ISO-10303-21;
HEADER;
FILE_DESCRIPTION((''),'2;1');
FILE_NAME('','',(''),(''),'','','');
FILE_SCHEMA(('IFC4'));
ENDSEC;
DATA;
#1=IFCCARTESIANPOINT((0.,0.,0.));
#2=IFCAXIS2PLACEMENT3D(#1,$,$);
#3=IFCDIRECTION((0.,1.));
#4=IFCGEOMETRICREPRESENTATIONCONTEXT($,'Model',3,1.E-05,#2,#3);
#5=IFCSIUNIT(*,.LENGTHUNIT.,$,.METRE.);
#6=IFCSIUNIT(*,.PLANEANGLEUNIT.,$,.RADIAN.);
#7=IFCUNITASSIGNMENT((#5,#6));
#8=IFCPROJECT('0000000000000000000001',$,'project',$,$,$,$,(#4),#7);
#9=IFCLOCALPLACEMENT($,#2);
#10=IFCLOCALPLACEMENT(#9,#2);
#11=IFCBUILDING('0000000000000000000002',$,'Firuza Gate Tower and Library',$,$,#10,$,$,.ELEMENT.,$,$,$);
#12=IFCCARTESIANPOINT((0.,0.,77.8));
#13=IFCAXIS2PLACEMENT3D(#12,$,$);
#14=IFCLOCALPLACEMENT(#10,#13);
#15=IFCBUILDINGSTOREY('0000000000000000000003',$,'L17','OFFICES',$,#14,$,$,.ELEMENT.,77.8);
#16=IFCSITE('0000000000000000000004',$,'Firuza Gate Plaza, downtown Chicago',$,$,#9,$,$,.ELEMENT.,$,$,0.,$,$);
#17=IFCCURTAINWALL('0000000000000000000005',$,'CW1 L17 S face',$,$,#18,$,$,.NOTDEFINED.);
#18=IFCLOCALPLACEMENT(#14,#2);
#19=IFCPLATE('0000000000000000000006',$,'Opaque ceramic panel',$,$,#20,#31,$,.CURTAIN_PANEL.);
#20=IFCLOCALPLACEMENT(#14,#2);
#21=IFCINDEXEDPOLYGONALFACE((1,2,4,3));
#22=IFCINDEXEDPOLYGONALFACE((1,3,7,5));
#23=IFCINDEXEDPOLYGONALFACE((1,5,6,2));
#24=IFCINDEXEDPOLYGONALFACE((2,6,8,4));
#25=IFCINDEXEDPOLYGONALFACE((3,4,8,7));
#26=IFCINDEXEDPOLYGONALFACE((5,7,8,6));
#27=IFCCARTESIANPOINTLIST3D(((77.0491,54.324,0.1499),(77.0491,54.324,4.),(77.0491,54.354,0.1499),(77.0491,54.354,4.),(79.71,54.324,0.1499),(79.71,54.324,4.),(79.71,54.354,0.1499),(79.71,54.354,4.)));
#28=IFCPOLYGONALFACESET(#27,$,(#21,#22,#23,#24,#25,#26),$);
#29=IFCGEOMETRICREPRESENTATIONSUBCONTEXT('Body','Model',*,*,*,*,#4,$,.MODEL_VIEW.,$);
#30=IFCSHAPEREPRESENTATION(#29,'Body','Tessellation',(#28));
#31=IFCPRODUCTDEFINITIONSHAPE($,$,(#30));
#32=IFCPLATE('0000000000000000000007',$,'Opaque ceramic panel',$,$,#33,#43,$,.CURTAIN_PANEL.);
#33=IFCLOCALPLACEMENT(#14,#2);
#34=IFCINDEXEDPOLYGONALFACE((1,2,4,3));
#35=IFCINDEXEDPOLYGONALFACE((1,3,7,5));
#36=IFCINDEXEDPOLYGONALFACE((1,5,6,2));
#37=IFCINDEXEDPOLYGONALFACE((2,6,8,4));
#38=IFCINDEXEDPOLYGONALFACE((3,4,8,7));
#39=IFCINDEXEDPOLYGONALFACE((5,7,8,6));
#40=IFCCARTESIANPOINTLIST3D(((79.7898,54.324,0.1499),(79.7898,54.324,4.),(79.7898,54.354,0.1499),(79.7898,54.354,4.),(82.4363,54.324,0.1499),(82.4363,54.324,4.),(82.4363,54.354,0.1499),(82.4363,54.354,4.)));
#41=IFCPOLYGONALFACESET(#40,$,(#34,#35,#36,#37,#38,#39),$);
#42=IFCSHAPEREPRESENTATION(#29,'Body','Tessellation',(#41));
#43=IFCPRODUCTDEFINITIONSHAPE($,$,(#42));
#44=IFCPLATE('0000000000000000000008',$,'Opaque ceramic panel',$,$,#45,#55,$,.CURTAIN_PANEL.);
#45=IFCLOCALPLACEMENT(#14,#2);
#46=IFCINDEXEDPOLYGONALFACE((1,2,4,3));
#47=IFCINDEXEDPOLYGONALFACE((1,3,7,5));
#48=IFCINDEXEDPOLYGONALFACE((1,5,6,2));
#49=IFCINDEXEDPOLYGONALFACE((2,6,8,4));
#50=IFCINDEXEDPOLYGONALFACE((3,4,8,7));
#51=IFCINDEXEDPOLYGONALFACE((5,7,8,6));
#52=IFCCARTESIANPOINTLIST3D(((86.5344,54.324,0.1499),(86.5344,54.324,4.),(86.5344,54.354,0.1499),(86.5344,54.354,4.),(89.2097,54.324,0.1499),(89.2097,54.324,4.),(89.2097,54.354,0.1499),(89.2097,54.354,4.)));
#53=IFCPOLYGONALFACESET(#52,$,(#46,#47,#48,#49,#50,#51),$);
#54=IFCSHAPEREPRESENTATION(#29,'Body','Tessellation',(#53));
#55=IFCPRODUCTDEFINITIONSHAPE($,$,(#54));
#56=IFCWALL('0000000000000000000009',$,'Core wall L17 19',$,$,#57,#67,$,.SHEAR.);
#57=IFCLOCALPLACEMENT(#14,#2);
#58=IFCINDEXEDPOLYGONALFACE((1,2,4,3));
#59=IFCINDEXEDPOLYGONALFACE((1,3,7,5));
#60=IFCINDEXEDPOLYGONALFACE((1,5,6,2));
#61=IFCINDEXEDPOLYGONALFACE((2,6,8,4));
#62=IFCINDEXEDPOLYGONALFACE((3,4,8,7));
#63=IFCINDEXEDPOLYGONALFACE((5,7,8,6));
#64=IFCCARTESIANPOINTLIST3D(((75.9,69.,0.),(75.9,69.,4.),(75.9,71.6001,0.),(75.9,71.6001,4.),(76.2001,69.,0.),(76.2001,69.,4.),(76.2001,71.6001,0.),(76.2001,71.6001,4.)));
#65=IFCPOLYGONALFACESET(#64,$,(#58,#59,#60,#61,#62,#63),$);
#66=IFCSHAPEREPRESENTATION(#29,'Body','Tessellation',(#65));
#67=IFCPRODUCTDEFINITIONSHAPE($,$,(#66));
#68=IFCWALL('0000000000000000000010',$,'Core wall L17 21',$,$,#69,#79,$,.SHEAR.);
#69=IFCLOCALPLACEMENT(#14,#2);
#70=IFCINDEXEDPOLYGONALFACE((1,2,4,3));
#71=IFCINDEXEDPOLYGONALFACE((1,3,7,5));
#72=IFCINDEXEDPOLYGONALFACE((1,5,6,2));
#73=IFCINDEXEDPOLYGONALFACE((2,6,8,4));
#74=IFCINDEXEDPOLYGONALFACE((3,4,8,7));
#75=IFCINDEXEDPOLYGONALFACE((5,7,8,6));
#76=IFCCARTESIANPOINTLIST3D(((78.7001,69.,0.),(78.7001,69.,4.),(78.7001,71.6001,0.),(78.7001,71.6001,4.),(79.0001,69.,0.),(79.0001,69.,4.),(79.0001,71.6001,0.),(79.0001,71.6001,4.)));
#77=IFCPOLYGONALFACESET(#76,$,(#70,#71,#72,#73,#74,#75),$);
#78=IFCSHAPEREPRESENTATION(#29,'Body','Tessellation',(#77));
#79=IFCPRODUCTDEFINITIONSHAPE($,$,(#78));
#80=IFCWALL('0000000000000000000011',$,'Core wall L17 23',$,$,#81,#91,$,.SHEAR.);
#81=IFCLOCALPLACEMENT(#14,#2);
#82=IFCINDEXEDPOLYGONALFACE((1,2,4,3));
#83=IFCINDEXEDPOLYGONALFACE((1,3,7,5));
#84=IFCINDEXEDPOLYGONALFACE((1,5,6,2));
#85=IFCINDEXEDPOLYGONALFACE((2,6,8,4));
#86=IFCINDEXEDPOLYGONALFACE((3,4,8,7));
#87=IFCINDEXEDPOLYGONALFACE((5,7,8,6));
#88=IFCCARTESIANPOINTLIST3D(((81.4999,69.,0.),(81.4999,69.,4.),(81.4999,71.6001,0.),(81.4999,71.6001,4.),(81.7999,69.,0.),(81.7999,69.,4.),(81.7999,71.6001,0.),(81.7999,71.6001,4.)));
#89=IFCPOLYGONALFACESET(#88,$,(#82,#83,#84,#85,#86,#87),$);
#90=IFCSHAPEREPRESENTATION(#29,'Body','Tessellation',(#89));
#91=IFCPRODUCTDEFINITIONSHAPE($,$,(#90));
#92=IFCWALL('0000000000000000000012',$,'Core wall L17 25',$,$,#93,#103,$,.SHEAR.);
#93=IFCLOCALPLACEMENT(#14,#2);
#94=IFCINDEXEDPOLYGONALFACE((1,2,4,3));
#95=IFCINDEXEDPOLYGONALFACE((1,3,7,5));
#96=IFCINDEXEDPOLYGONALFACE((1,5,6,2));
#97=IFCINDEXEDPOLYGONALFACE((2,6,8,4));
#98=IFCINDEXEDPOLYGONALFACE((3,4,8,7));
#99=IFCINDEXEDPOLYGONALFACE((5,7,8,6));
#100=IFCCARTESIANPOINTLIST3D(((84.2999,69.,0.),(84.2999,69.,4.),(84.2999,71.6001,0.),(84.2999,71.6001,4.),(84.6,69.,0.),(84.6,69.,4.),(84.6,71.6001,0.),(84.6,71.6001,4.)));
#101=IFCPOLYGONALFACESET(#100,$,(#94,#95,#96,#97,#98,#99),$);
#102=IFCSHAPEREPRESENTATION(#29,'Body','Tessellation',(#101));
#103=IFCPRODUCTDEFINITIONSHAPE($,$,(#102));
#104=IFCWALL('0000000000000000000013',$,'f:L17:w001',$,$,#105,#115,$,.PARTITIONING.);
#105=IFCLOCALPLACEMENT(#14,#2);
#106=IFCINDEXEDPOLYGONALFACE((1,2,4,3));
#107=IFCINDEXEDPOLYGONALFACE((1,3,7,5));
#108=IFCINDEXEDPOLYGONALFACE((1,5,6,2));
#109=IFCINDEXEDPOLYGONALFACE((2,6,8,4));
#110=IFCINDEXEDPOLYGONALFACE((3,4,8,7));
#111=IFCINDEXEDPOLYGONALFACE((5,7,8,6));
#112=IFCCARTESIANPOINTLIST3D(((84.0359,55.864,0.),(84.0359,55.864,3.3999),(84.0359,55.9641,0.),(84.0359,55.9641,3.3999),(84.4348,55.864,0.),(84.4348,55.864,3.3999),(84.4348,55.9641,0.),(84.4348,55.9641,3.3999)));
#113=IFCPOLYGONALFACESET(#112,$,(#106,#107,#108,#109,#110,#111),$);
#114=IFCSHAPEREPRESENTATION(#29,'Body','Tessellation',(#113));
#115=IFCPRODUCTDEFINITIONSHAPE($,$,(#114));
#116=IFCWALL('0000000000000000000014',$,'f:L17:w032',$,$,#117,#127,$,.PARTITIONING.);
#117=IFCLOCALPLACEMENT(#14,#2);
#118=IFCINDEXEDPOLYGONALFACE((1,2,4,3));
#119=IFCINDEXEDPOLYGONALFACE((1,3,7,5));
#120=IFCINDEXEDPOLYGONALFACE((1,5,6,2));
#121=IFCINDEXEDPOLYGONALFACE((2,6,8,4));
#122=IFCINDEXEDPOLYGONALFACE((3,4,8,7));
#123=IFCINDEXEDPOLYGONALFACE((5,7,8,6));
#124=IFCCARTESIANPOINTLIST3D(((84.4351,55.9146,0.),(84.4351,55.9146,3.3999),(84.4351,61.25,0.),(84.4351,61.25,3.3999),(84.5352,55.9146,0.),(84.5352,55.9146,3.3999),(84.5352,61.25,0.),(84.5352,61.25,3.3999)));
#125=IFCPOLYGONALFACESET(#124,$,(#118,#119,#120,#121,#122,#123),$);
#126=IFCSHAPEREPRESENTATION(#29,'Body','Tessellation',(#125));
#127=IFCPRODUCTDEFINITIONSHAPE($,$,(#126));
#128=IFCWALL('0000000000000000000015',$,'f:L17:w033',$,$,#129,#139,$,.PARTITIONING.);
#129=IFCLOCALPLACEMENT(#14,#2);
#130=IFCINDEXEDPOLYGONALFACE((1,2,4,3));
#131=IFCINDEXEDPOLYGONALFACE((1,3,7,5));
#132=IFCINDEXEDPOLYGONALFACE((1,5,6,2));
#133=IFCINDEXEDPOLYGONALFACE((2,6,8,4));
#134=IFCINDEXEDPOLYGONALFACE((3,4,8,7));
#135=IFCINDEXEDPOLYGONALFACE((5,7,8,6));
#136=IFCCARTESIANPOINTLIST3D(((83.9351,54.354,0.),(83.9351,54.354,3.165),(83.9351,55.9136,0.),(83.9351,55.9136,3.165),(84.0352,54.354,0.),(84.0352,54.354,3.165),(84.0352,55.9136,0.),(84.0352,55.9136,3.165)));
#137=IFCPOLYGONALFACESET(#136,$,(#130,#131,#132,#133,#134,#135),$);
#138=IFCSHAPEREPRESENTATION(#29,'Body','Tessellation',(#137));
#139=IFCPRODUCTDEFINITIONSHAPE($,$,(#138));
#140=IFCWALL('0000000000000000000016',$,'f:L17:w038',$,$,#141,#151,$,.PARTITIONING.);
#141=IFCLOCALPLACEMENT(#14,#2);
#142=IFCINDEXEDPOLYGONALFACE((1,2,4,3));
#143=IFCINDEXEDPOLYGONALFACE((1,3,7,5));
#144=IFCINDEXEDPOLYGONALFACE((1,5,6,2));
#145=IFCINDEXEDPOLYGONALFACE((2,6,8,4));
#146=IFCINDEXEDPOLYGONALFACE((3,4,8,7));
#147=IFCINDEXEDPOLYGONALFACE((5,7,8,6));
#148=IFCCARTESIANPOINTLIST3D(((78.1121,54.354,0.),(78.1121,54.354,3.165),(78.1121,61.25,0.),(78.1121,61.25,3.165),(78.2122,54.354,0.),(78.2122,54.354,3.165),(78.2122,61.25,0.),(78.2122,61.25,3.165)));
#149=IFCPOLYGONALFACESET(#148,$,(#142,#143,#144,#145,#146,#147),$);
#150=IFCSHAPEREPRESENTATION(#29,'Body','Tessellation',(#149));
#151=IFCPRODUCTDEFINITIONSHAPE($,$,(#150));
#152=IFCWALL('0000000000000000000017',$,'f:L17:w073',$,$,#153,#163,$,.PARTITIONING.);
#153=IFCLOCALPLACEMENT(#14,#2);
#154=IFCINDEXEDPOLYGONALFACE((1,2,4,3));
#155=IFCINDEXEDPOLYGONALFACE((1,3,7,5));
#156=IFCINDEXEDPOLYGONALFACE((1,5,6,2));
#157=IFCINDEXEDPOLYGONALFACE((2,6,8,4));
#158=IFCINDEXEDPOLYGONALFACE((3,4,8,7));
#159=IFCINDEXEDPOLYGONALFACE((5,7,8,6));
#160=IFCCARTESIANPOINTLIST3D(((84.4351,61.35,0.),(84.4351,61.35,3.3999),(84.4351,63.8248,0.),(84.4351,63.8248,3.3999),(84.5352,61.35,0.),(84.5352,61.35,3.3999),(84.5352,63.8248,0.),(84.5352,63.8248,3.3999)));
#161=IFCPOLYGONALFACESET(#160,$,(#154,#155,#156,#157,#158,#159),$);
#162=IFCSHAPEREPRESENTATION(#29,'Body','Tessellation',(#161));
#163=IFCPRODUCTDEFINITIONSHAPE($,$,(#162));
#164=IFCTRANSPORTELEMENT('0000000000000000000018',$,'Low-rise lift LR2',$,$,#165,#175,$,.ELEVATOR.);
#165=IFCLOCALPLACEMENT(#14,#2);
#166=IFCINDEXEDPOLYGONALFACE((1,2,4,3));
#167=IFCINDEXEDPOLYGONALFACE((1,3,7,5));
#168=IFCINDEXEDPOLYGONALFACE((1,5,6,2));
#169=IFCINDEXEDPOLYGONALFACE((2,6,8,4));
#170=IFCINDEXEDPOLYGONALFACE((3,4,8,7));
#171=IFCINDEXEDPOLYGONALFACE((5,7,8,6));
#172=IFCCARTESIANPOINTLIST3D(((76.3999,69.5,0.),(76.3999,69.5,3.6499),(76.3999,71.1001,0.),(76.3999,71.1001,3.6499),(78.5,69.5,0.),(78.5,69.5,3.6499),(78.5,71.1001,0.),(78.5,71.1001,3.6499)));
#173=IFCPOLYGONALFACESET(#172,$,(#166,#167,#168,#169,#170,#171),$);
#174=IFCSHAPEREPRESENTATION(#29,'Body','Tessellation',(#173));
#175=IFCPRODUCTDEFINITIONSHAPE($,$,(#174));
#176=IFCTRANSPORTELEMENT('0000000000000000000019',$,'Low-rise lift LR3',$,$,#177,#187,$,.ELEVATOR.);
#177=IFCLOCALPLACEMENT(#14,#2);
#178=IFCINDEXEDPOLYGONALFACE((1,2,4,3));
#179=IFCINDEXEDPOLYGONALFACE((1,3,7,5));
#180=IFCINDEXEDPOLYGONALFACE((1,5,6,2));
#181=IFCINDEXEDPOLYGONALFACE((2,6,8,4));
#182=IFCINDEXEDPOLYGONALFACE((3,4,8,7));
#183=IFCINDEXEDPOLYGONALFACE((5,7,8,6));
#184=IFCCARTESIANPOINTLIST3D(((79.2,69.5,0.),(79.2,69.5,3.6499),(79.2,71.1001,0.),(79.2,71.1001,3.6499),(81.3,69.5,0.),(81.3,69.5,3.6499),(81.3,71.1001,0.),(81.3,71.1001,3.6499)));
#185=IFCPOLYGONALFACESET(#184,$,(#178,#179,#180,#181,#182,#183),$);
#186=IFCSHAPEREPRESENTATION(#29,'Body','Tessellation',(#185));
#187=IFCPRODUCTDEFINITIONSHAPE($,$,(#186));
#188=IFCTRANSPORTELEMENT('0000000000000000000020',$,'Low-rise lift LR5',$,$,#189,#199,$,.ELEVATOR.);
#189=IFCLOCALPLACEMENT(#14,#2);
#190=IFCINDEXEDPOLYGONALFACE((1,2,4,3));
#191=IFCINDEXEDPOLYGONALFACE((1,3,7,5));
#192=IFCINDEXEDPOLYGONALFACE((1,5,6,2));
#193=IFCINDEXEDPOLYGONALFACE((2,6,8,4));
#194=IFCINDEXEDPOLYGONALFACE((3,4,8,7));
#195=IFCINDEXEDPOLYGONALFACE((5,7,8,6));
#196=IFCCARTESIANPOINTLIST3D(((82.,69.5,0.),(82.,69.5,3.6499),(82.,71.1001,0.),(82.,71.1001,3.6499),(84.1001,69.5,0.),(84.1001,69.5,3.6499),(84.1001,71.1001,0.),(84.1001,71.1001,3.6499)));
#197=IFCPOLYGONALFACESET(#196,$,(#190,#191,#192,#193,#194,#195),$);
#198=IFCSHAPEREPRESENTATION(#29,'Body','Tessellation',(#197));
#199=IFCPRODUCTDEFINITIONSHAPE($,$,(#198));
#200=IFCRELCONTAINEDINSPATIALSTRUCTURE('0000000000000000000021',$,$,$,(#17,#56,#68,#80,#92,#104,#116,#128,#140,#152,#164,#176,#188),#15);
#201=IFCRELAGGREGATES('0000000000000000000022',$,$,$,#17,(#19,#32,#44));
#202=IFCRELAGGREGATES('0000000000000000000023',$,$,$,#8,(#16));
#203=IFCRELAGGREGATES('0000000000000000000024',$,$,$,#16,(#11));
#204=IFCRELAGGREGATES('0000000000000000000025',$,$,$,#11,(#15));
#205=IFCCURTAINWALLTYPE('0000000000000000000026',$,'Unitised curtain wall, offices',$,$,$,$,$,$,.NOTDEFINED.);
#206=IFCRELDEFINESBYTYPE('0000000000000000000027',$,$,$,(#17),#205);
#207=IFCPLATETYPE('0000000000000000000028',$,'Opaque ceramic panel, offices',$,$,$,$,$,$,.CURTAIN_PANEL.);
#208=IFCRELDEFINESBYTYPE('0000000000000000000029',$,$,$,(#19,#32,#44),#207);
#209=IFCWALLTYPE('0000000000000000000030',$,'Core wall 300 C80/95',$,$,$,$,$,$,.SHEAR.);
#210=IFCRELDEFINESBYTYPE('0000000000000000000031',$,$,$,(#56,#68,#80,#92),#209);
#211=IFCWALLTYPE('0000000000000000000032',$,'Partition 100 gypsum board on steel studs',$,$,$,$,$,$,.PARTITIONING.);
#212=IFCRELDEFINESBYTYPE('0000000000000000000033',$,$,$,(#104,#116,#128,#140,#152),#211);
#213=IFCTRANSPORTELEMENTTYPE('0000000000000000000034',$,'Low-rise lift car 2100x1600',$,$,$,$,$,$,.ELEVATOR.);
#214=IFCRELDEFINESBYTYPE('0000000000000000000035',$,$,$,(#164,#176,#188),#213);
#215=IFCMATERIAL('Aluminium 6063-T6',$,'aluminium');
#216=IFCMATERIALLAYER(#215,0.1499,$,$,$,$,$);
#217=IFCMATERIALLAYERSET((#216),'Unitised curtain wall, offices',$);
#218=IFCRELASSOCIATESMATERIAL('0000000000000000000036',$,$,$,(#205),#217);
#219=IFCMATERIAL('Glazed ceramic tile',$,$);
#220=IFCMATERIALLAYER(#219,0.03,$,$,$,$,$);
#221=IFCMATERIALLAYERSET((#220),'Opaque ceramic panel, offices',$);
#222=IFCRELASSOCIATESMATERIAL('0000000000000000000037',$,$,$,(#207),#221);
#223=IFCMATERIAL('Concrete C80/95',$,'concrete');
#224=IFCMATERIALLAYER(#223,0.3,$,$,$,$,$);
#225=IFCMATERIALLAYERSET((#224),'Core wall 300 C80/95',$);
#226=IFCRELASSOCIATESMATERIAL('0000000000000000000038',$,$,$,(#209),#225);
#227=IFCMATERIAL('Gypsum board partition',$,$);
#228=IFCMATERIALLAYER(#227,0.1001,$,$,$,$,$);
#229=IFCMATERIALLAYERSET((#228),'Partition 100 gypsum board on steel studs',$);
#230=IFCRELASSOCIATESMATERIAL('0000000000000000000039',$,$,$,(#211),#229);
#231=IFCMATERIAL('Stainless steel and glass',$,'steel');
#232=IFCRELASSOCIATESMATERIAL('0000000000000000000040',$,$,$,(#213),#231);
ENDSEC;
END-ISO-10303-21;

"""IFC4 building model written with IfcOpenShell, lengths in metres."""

from ifc_helpers import new_model, si_unit, direction, frame, frame_2d, origin, origin_2d, place, context, subcontext, project, spatial, polyline, rectangle, outline, extrude, material, layer, layer_set, type_object, element, aggregate, save


model = new_model("IFC4")

# Units and contexts
model_context = context("Model", 3, precision=1e-05, world=origin(), true_north=direction((0.0, 1.0)))
body_context = subcontext(model_context, "Body", "Model", "MODEL_VIEW")
ifc_project = project(units=[si_unit("LENGTHUNIT", "METRE"), si_unit("PLANEANGLEUNIT", "RADIAN")], contexts=[model_context])

# Site, building, storey
site_placement = place(None, origin())
site = spatial("IfcSite", under=ifc_project, at=site_placement, Name="Firuza Gate Plaza, downtown Chicago", CompositionType="ELEMENT", RefElevation=0.0)
building_placement = place(site_placement, origin())
building = spatial("IfcBuilding", under=site, at=building_placement, Name="Firuza Gate Tower and Library", CompositionType="ELEMENT")
storey_placement = place(building_placement, frame((0.0, 0.0, 77.8)))
storey = spatial("IfcBuildingStorey", under=building, at=storey_placement, Name="L17", Description="OFFICES", CompositionType="ELEMENT", Elevation=77.8)

# Curtain wall
ifc_material_1 = material(Name="Aluminium 6063-T6", Category="aluminium")
ifc_layer_1 = layer(ifc_material_1, 0.1499)
ifc_layer_set_1 = layer_set([ifc_layer_1], Name="Unitised curtain wall, offices")
curtain_wall_type = type_object("IfcCurtainWallType", Name="Unitised curtain wall, offices", PredefinedType="NOTDEFINED", material=ifc_layer_set_1)
curtain_wall_placement = place(storey_placement, origin())
curtain_wall = element("IfcCurtainWall", 1, at=curtain_wall_placement, inside=storey, type_object=curtain_wall_type, Name="CW1 L17 S face", PredefinedType="NOTDEFINED")

# Plates
ifc_material_2 = material(Name="Glazed ceramic tile")
ifc_layer_2 = layer(ifc_material_2, 0.03)
ifc_layer_set_2 = layer_set([ifc_layer_2], Name="Opaque ceramic panel, offices")
plate_type_1 = type_object("IfcPlateType", Name="Opaque ceramic panel, offices", PredefinedType="CURTAIN_PANEL", material=ifc_layer_set_2)
plate_1_placement = place(storey_placement, frame((77.0491, 54.324, 0.1499), z_axis=(0.0, -1.0, 0.0), x_axis=(1.0, 0.0, 0.0)))
plate_1 = element("IfcPlate", 2, at=plate_1_placement, type_object=plate_type_1, Name="Opaque ceramic panel", PredefinedType="CURTAIN_PANEL", context=body_context, shape_type="SweptSolid", body=[
    extrude(outline(polyline([(0.0, 0.0), (2.6609, 0.0), (2.6609, 3.8501), (0.0, 3.8501), (0.0, 0.0)])), origin(), (0.0, 0.0, -1.0), 0.03),
])
plate_2_placement = place(storey_placement, frame((79.7898, 54.324, 0.1499), z_axis=(0.0, -1.0, 0.0), x_axis=(1.0, 0.0, 0.0)))
plate_2 = element("IfcPlate", 3, at=plate_2_placement, type_object=plate_type_1, Name="Opaque ceramic panel", PredefinedType="CURTAIN_PANEL", context=body_context, shape_type="SweptSolid", body=[
    extrude(outline(polyline([(0.0, 0.0), (2.6465, 0.0), (2.6465, 3.8501), (0.0, 3.8501), (0.0, 0.0)])), origin(), (0.0, 0.0, -1.0), 0.03),
])
plate_3_placement = place(storey_placement, frame((86.5344, 54.324, 0.1499), z_axis=(0.0, -1.0, 0.0), x_axis=(1.0, 0.0, 0.0)))
plate_3 = element("IfcPlate", 4, at=plate_3_placement, type_object=plate_type_1, Name="Opaque ceramic panel", PredefinedType="CURTAIN_PANEL", context=body_context, shape_type="SweptSolid", body=[
    extrude(outline(polyline([(0.0, 0.0), (2.6753, 0.0), (2.6753, 3.8501), (0.0, 3.8501), (0.0, 0.0)])), origin(), (0.0, 0.0, -1.0), 0.03),
])
aggregate(curtain_wall, [plate_1, plate_2, plate_3])

# Walls
ifc_material_3 = material(Name="Concrete C80/95", Category="concrete")
ifc_layer_3 = layer(ifc_material_3, 0.3)
ifc_layer_set_3 = layer_set([ifc_layer_3], Name="Core wall 300 C80/95")
wall_type_1 = type_object("IfcWallType", Name="Core wall 300 C80/95", PredefinedType="SHEAR", material=ifc_layer_set_3)
for number, where, z_axis, x_axis, name in (
    (5, (76.05, 69.0, 0.0), (0.0, 0.0, 1.0), (0.0, 1.0, 0.0), "Core wall L17 19"),
    (6, (78.8501, 69.0, 0.0), (0.0, 0.0, 1.0), (0.0, 1.0, 0.0), "Core wall L17 21"),
    (7, (81.6499, 69.0, 0.0), (0.0, 0.0, 1.0), (0.0, 1.0, 0.0), "Core wall L17 23"),
    (8, (84.45, 69.0, 0.0), (0.0, 0.0, 1.0), (0.0, 1.0, 0.0), "Core wall L17 25"),
):
    element("IfcWall", number, at=place(storey_placement, frame(where, z_axis=z_axis, x_axis=x_axis)), inside=storey, type_object=wall_type_1, Name=name, PredefinedType="SHEAR", context=body_context, shape_type="SweptSolid", body=[
        extrude(rectangle(XDim=2.6001, YDim=0.3, at=frame_2d((1.3, 0.0))), origin(), (0.0, 0.0, 1.0), 4.0),
    ])
ifc_material_4 = material(Name="Gypsum board partition")
ifc_layer_4 = layer(ifc_material_4, 0.1001)
ifc_layer_set_4 = layer_set([ifc_layer_4], Name="Partition 100 gypsum board on steel studs")
wall_type_2 = type_object("IfcWallType", Name="Partition 100 gypsum board on steel studs", PredefinedType="PARTITIONING", material=ifc_layer_set_4)
wall_1_placement = place(storey_placement, frame((84.0359, 55.9141, 0.0), z_axis=(0.0, 0.0, 1.0), x_axis=(1.0, 0.0, 0.0)))
element("IfcWall", 9, at=wall_1_placement, inside=storey, type_object=wall_type_2, Name="f:L17:w001", PredefinedType="PARTITIONING", context=body_context, shape_type="SweptSolid", body=[
    extrude(rectangle(XDim=0.3989, YDim=0.1001, at=frame_2d((0.1995, 0.0))), origin(), (0.0, 0.0, 1.0), 3.3999),
])
wall_2_placement = place(storey_placement, frame((84.4851, 55.9146, 0.0), z_axis=(0.0, 0.0, 1.0), x_axis=(0.0, 1.0, 0.0)))
element("IfcWall", 10, at=wall_2_placement, inside=storey, type_object=wall_type_2, Name="f:L17:w032", PredefinedType="PARTITIONING", context=body_context, shape_type="SweptSolid", body=[
    extrude(rectangle(XDim=5.3354, YDim=0.1001, at=frame_2d((2.6677, 0.0))), origin(), (0.0, 0.0, 1.0), 3.3999),
])
wall_3_placement = place(storey_placement, frame((83.9851, 54.354, 0.0), z_axis=(0.0, 0.0, 1.0), x_axis=(0.0, 1.0, 0.0)))
element("IfcWall", 11, at=wall_3_placement, inside=storey, type_object=wall_type_2, Name="f:L17:w033", PredefinedType="PARTITIONING", context=body_context, shape_type="SweptSolid", body=[
    extrude(rectangle(XDim=1.5596, YDim=0.1001, at=frame_2d((0.7798, 0.0))), origin(), (0.0, 0.0, 1.0), 3.165),
])
wall_4_placement = place(storey_placement, frame((78.1621, 54.354, 0.0), z_axis=(0.0, 0.0, 1.0), x_axis=(0.0, 1.0, 0.0)))
element("IfcWall", 12, at=wall_4_placement, inside=storey, type_object=wall_type_2, Name="f:L17:w038", PredefinedType="PARTITIONING", context=body_context, shape_type="SweptSolid", body=[
    extrude(rectangle(XDim=6.896, YDim=0.1001, at=frame_2d((3.448, 0.0))), origin(), (0.0, 0.0, 1.0), 3.165),
])
wall_5_placement = place(storey_placement, frame((84.4851, 61.3501, 0.0), z_axis=(0.0, 0.0, 1.0), x_axis=(0.0, 1.0, 0.0)))
element("IfcWall", 13, at=wall_5_placement, inside=storey, type_object=wall_type_2, Name="f:L17:w073", PredefinedType="PARTITIONING", context=body_context, shape_type="SweptSolid", body=[
    extrude(rectangle(XDim=2.4749, YDim=0.1001, at=frame_2d((1.2373, 0.0))), origin(), (0.0, 0.0, 1.0), 3.3999),
])

# Transport elements
ifc_material_5 = material(Name="Stainless steel and glass", Category="steel")
transport_element_type = type_object("IfcTransportElementType", Name="Low-rise lift car 2100x1600", PredefinedType="ELEVATOR", material=ifc_material_5)
for number, where, z_axis, x_axis, name in (
    (14, (77.45, 70.3, 0.0), (0.0, 0.0, 1.0), (1.0, 0.0, 0.0), "Low-rise lift LR2"),
    (15, (80.25, 70.3, 0.0), (0.0, 0.0, 1.0), (1.0, 0.0, 0.0), "Low-rise lift LR3"),
    (16, (83.05, 70.3, 0.0), (0.0, 0.0, 1.0), (1.0, 0.0, 0.0), "Low-rise lift LR5"),
):
    element("IfcTransportElement", number, at=place(storey_placement, frame(where, z_axis=z_axis, x_axis=x_axis)), inside=storey, type_object=transport_element_type, Name=name, PredefinedType="ELEVATOR", context=body_context, shape_type="SweptSolid", body=[
        extrude(rectangle(XDim=2.1001, YDim=1.6001, at=origin_2d()), origin(), (0.0, 0.0, 1.0), 3.6499),
    ])

save(model, "model.ifc")
